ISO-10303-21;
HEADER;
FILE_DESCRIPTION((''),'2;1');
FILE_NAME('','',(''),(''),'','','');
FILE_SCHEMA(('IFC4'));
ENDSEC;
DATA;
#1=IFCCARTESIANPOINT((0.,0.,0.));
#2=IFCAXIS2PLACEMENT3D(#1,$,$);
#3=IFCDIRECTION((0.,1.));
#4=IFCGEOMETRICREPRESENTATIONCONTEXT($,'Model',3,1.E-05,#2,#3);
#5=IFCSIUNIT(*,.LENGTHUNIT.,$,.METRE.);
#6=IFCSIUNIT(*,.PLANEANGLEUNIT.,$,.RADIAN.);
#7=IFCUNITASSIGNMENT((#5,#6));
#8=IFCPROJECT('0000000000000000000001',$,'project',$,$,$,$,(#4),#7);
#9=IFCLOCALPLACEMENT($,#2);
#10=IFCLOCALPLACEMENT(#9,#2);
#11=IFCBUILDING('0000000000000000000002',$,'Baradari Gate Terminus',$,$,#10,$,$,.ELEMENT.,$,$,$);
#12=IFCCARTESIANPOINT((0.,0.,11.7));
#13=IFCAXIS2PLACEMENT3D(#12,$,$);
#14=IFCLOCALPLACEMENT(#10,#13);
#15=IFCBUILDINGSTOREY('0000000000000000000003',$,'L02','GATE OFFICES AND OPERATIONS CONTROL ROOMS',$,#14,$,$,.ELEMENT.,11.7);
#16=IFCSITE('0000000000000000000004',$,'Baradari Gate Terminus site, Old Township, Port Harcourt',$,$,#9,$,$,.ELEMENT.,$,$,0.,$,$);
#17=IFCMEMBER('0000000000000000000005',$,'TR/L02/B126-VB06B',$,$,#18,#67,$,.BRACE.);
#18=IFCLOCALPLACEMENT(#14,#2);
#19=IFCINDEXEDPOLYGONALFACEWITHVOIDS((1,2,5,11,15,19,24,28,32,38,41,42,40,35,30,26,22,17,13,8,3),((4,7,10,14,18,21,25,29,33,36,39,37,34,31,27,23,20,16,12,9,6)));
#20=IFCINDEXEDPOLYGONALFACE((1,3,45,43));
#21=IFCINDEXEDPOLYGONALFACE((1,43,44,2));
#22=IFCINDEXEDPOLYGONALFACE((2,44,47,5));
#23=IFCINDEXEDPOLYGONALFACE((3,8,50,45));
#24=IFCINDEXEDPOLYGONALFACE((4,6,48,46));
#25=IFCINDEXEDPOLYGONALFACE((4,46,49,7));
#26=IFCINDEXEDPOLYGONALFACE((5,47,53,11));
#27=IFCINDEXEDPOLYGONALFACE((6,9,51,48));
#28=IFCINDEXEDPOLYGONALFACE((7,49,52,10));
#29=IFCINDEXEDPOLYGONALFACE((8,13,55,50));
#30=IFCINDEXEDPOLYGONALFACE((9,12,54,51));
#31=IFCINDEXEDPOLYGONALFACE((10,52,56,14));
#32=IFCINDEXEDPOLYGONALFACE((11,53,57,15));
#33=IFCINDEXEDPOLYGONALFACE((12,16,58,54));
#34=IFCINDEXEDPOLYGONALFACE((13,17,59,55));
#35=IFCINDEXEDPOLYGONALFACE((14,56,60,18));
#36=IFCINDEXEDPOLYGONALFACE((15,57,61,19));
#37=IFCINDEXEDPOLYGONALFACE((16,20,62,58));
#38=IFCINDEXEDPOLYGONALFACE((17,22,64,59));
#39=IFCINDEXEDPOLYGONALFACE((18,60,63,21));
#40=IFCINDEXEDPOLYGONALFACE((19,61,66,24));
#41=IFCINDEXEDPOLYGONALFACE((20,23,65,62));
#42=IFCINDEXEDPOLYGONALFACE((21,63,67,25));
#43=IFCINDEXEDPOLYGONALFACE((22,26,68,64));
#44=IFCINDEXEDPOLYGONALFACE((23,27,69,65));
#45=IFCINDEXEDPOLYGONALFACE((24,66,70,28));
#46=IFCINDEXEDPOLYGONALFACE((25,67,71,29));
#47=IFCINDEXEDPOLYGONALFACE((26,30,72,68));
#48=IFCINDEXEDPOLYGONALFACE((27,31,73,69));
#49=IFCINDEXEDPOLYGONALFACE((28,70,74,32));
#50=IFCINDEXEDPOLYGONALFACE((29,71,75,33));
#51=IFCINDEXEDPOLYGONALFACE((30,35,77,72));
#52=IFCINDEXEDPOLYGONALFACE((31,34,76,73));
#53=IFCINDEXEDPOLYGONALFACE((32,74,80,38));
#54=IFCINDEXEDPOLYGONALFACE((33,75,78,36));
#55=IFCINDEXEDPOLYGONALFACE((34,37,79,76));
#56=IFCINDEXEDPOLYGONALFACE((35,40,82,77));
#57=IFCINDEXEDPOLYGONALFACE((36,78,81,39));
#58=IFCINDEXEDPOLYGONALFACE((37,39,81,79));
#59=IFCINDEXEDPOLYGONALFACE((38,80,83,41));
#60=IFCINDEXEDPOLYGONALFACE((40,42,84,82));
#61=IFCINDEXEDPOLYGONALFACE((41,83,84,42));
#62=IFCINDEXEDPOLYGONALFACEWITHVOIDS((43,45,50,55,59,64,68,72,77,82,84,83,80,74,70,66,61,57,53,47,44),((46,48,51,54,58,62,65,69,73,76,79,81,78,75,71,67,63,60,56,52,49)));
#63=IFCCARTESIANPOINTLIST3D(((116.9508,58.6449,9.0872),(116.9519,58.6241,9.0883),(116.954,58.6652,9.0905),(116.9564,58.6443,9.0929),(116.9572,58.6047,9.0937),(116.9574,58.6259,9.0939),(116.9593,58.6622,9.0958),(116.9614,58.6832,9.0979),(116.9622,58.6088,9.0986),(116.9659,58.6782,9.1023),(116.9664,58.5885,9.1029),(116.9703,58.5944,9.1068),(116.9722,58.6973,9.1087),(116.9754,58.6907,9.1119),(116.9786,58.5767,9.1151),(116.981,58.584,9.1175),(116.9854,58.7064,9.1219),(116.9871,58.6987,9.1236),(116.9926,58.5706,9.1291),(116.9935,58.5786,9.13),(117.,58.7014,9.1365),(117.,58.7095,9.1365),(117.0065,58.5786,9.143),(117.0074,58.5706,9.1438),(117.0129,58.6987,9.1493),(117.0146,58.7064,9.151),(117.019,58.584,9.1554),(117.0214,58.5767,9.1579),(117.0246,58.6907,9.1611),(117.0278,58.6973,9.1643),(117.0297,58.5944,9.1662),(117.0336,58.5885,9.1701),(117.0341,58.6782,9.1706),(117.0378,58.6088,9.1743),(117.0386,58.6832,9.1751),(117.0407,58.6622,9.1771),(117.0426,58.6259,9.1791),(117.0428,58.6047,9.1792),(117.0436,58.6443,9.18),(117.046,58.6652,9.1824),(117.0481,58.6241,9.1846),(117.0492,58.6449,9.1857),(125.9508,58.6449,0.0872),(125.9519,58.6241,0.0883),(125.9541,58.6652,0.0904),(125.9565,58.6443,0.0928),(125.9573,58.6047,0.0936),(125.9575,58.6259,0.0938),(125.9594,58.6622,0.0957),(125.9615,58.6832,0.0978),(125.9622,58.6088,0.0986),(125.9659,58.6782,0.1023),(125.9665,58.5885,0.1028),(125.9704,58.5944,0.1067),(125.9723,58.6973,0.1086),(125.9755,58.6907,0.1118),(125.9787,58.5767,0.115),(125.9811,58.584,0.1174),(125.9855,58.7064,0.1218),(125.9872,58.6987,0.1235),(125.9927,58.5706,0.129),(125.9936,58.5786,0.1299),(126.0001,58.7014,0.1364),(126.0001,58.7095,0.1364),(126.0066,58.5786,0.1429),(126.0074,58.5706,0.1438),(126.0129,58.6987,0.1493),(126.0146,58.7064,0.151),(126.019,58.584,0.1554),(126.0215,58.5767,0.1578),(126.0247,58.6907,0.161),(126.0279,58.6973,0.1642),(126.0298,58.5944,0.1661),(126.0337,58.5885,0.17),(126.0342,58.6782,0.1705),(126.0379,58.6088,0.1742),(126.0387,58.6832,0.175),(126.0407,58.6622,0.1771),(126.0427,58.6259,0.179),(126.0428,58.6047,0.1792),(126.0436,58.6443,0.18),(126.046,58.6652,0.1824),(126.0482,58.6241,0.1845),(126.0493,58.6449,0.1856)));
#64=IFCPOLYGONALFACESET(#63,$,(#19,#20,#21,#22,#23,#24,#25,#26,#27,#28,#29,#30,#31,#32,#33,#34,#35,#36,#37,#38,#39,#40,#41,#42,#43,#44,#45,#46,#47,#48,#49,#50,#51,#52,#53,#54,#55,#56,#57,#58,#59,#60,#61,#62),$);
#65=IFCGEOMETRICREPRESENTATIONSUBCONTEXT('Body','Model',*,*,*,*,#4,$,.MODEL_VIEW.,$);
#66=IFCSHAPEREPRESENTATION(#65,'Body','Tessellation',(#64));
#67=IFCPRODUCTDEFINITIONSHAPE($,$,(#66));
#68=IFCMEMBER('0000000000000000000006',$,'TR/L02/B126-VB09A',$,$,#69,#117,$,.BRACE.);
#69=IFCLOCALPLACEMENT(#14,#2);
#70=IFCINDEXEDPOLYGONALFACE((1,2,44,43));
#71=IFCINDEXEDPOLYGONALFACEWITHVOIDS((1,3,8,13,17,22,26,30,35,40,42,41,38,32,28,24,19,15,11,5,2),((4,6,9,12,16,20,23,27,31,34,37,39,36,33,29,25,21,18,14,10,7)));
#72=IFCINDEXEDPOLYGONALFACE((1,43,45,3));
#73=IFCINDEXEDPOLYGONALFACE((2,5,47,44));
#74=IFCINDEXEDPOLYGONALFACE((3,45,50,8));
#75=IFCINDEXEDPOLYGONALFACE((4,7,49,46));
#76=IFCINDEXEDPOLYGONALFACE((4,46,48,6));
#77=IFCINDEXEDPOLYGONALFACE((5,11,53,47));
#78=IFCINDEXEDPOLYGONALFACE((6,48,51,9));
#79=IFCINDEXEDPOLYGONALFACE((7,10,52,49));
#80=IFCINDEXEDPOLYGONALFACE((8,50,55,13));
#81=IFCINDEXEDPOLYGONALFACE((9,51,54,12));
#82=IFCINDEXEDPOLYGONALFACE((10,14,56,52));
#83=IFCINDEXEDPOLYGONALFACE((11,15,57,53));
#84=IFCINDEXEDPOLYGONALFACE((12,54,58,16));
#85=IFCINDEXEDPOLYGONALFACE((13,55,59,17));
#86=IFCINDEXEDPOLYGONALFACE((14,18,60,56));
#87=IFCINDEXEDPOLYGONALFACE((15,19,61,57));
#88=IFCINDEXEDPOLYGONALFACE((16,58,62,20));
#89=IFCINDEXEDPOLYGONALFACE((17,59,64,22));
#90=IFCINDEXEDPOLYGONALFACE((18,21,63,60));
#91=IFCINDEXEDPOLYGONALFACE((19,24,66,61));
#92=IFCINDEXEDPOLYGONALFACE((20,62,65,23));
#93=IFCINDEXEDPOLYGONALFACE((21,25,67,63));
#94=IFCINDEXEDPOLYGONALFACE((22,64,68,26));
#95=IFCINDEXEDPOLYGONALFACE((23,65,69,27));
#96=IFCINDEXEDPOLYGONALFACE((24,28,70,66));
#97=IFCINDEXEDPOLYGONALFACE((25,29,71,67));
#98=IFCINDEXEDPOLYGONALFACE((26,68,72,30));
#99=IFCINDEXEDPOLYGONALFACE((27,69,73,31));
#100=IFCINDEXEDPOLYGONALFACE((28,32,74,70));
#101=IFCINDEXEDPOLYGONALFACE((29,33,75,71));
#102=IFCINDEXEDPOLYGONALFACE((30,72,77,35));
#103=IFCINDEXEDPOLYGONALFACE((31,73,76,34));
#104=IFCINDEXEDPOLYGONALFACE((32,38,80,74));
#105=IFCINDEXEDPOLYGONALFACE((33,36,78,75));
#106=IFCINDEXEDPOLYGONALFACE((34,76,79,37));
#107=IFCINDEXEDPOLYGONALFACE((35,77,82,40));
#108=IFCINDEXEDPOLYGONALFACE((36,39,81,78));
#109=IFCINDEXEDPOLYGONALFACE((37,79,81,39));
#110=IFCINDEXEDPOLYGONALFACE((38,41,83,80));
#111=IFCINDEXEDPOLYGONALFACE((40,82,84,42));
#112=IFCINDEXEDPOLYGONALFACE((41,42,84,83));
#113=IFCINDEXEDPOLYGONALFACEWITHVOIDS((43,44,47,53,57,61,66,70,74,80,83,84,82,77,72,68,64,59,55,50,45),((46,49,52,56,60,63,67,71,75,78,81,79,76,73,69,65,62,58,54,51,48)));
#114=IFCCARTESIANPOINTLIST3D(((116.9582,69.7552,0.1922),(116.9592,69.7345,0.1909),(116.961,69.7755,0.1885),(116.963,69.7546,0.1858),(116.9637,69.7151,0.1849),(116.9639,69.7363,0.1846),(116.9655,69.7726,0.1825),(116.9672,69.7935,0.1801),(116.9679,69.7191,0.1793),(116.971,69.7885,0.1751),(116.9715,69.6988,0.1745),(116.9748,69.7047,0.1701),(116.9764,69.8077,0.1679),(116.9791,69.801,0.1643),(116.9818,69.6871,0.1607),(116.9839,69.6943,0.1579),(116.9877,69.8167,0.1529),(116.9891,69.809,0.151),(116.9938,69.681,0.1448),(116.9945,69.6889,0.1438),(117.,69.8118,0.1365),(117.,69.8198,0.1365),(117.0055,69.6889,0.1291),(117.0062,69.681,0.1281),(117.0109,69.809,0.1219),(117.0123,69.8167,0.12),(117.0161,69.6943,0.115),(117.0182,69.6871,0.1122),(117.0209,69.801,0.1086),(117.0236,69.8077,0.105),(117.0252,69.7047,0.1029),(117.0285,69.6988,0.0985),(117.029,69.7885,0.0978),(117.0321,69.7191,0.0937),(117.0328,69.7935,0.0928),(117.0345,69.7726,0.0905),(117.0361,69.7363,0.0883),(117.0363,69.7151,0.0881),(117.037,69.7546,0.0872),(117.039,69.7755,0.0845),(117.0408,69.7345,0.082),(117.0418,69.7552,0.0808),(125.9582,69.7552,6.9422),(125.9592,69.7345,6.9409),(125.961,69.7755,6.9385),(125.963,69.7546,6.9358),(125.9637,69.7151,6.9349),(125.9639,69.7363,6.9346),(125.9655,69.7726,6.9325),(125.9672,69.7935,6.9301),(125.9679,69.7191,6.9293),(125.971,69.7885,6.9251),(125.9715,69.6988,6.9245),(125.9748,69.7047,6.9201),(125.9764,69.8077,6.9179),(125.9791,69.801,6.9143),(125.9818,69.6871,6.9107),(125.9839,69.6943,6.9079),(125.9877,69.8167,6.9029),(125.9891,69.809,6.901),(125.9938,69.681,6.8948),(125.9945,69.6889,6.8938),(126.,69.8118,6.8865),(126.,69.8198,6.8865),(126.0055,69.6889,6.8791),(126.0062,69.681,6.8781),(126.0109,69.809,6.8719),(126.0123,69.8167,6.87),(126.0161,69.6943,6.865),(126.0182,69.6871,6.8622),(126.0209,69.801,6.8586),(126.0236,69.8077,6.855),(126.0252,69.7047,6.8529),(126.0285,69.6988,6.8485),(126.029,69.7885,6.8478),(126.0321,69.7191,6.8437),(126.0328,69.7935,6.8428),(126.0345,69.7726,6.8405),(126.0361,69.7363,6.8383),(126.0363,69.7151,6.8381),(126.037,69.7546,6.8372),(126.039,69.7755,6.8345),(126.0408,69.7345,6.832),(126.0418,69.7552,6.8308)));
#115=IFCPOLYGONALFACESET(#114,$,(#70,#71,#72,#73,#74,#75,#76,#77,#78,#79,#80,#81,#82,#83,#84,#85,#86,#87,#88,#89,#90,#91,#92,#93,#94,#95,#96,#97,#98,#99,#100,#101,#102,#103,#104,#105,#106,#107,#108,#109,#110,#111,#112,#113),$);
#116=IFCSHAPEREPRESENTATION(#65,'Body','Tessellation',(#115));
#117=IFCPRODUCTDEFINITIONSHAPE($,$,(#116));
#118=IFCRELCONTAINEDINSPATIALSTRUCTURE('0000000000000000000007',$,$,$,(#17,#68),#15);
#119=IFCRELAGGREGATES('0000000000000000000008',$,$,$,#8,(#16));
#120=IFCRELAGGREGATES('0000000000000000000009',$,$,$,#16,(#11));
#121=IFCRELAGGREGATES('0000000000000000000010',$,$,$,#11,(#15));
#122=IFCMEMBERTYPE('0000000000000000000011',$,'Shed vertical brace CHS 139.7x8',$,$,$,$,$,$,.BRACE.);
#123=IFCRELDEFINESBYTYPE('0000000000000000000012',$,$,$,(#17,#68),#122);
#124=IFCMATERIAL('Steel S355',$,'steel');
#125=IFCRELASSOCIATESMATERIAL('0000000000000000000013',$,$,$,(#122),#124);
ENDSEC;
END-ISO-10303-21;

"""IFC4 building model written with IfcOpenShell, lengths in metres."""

from ifc_helpers import new_model, si_unit, direction, frame, origin, origin_2d, place, context, subcontext, project, spatial, hollow_circle, extrude, material, material_profile, profile_set, type_object, element, save


model = new_model("IFC4")

# Units and contexts
model_context = context("Model", 3, precision=1e-05, world=origin(), true_north=direction((0.0, 1.0)))
body_context = subcontext(model_context, "Body", "Model", "MODEL_VIEW")
ifc_project = project(units=[si_unit("LENGTHUNIT", "METRE"), si_unit("PLANEANGLEUNIT", "RADIAN")], contexts=[model_context])

# Site, building, storey
site_placement = place(None, origin())
site = spatial("IfcSite", under=ifc_project, at=site_placement, Name="Baradari Gate Terminus site, Old Township, Port Harcourt", CompositionType="ELEMENT", RefElevation=0.0)
building_placement = place(site_placement, origin())
building = spatial("IfcBuilding", under=site, at=building_placement, Name="Baradari Gate Terminus", CompositionType="ELEMENT")
storey_placement = place(building_placement, frame((0.0, 0.0, 11.7)))
storey = spatial("IfcBuildingStorey", under=building, at=storey_placement, Name="L02", Description="GATE OFFICES AND OPERATIONS CONTROL ROOMS", CompositionType="ELEMENT", Elevation=11.7)

# Members
ifc_material_1 = material(Name="Steel S355", Category="steel")
ifc_material_profile_1 = material_profile(ifc_material_1, hollow_circle(Radius=0.0698, WallThickness=0.0081, at=origin_2d()), Name="CHS 139.7x8")
ifc_profile_set_1 = profile_set([ifc_material_profile_1], Name="Steel S355")
member_type_1 = type_object("IfcMemberType", Name="Shed vertical brace CHS 139.7x8", PredefinedType="BRACE", material=ifc_profile_set_1)
for number, where, z_axis, x_axis, name in (
    (1, (117.0, 58.6396, 9.1365), (0.707107, 0.0, -0.707107), (0.0, 1.0, 0.0), "TR/L02/B126-VB06B"),
):
    element("IfcMember", number, at=place(storey_placement, frame(where, z_axis=z_axis, x_axis=x_axis)), inside=storey, type_object=member_type_1, Name=name, PredefinedType="BRACE", context=body_context, shape_type="SweptSolid", body=[
        extrude(hollow_circle(Radius=0.0698, WallThickness=0.0081, at=origin_2d()), origin(), (0.0, 0.0, 1.0), 12.728),
    ])
member_1_placement = place(storey_placement, frame((117.0, 69.75, 0.1365), z_axis=(0.8, 0.0, 0.6), x_axis=(0.0, 1.0, 0.0)))
element("IfcMember", 2, at=member_1_placement, inside=storey, type_object=member_type_1, Name="TR/L02/B126-VB09A", PredefinedType="BRACE", context=body_context, shape_type="SweptSolid", body=[
    extrude(hollow_circle(Radius=0.0698, WallThickness=0.0081, at=origin_2d()), origin(), (0.0, 0.0, 1.0), 11.25),
])

save(model, "model.ifc")
